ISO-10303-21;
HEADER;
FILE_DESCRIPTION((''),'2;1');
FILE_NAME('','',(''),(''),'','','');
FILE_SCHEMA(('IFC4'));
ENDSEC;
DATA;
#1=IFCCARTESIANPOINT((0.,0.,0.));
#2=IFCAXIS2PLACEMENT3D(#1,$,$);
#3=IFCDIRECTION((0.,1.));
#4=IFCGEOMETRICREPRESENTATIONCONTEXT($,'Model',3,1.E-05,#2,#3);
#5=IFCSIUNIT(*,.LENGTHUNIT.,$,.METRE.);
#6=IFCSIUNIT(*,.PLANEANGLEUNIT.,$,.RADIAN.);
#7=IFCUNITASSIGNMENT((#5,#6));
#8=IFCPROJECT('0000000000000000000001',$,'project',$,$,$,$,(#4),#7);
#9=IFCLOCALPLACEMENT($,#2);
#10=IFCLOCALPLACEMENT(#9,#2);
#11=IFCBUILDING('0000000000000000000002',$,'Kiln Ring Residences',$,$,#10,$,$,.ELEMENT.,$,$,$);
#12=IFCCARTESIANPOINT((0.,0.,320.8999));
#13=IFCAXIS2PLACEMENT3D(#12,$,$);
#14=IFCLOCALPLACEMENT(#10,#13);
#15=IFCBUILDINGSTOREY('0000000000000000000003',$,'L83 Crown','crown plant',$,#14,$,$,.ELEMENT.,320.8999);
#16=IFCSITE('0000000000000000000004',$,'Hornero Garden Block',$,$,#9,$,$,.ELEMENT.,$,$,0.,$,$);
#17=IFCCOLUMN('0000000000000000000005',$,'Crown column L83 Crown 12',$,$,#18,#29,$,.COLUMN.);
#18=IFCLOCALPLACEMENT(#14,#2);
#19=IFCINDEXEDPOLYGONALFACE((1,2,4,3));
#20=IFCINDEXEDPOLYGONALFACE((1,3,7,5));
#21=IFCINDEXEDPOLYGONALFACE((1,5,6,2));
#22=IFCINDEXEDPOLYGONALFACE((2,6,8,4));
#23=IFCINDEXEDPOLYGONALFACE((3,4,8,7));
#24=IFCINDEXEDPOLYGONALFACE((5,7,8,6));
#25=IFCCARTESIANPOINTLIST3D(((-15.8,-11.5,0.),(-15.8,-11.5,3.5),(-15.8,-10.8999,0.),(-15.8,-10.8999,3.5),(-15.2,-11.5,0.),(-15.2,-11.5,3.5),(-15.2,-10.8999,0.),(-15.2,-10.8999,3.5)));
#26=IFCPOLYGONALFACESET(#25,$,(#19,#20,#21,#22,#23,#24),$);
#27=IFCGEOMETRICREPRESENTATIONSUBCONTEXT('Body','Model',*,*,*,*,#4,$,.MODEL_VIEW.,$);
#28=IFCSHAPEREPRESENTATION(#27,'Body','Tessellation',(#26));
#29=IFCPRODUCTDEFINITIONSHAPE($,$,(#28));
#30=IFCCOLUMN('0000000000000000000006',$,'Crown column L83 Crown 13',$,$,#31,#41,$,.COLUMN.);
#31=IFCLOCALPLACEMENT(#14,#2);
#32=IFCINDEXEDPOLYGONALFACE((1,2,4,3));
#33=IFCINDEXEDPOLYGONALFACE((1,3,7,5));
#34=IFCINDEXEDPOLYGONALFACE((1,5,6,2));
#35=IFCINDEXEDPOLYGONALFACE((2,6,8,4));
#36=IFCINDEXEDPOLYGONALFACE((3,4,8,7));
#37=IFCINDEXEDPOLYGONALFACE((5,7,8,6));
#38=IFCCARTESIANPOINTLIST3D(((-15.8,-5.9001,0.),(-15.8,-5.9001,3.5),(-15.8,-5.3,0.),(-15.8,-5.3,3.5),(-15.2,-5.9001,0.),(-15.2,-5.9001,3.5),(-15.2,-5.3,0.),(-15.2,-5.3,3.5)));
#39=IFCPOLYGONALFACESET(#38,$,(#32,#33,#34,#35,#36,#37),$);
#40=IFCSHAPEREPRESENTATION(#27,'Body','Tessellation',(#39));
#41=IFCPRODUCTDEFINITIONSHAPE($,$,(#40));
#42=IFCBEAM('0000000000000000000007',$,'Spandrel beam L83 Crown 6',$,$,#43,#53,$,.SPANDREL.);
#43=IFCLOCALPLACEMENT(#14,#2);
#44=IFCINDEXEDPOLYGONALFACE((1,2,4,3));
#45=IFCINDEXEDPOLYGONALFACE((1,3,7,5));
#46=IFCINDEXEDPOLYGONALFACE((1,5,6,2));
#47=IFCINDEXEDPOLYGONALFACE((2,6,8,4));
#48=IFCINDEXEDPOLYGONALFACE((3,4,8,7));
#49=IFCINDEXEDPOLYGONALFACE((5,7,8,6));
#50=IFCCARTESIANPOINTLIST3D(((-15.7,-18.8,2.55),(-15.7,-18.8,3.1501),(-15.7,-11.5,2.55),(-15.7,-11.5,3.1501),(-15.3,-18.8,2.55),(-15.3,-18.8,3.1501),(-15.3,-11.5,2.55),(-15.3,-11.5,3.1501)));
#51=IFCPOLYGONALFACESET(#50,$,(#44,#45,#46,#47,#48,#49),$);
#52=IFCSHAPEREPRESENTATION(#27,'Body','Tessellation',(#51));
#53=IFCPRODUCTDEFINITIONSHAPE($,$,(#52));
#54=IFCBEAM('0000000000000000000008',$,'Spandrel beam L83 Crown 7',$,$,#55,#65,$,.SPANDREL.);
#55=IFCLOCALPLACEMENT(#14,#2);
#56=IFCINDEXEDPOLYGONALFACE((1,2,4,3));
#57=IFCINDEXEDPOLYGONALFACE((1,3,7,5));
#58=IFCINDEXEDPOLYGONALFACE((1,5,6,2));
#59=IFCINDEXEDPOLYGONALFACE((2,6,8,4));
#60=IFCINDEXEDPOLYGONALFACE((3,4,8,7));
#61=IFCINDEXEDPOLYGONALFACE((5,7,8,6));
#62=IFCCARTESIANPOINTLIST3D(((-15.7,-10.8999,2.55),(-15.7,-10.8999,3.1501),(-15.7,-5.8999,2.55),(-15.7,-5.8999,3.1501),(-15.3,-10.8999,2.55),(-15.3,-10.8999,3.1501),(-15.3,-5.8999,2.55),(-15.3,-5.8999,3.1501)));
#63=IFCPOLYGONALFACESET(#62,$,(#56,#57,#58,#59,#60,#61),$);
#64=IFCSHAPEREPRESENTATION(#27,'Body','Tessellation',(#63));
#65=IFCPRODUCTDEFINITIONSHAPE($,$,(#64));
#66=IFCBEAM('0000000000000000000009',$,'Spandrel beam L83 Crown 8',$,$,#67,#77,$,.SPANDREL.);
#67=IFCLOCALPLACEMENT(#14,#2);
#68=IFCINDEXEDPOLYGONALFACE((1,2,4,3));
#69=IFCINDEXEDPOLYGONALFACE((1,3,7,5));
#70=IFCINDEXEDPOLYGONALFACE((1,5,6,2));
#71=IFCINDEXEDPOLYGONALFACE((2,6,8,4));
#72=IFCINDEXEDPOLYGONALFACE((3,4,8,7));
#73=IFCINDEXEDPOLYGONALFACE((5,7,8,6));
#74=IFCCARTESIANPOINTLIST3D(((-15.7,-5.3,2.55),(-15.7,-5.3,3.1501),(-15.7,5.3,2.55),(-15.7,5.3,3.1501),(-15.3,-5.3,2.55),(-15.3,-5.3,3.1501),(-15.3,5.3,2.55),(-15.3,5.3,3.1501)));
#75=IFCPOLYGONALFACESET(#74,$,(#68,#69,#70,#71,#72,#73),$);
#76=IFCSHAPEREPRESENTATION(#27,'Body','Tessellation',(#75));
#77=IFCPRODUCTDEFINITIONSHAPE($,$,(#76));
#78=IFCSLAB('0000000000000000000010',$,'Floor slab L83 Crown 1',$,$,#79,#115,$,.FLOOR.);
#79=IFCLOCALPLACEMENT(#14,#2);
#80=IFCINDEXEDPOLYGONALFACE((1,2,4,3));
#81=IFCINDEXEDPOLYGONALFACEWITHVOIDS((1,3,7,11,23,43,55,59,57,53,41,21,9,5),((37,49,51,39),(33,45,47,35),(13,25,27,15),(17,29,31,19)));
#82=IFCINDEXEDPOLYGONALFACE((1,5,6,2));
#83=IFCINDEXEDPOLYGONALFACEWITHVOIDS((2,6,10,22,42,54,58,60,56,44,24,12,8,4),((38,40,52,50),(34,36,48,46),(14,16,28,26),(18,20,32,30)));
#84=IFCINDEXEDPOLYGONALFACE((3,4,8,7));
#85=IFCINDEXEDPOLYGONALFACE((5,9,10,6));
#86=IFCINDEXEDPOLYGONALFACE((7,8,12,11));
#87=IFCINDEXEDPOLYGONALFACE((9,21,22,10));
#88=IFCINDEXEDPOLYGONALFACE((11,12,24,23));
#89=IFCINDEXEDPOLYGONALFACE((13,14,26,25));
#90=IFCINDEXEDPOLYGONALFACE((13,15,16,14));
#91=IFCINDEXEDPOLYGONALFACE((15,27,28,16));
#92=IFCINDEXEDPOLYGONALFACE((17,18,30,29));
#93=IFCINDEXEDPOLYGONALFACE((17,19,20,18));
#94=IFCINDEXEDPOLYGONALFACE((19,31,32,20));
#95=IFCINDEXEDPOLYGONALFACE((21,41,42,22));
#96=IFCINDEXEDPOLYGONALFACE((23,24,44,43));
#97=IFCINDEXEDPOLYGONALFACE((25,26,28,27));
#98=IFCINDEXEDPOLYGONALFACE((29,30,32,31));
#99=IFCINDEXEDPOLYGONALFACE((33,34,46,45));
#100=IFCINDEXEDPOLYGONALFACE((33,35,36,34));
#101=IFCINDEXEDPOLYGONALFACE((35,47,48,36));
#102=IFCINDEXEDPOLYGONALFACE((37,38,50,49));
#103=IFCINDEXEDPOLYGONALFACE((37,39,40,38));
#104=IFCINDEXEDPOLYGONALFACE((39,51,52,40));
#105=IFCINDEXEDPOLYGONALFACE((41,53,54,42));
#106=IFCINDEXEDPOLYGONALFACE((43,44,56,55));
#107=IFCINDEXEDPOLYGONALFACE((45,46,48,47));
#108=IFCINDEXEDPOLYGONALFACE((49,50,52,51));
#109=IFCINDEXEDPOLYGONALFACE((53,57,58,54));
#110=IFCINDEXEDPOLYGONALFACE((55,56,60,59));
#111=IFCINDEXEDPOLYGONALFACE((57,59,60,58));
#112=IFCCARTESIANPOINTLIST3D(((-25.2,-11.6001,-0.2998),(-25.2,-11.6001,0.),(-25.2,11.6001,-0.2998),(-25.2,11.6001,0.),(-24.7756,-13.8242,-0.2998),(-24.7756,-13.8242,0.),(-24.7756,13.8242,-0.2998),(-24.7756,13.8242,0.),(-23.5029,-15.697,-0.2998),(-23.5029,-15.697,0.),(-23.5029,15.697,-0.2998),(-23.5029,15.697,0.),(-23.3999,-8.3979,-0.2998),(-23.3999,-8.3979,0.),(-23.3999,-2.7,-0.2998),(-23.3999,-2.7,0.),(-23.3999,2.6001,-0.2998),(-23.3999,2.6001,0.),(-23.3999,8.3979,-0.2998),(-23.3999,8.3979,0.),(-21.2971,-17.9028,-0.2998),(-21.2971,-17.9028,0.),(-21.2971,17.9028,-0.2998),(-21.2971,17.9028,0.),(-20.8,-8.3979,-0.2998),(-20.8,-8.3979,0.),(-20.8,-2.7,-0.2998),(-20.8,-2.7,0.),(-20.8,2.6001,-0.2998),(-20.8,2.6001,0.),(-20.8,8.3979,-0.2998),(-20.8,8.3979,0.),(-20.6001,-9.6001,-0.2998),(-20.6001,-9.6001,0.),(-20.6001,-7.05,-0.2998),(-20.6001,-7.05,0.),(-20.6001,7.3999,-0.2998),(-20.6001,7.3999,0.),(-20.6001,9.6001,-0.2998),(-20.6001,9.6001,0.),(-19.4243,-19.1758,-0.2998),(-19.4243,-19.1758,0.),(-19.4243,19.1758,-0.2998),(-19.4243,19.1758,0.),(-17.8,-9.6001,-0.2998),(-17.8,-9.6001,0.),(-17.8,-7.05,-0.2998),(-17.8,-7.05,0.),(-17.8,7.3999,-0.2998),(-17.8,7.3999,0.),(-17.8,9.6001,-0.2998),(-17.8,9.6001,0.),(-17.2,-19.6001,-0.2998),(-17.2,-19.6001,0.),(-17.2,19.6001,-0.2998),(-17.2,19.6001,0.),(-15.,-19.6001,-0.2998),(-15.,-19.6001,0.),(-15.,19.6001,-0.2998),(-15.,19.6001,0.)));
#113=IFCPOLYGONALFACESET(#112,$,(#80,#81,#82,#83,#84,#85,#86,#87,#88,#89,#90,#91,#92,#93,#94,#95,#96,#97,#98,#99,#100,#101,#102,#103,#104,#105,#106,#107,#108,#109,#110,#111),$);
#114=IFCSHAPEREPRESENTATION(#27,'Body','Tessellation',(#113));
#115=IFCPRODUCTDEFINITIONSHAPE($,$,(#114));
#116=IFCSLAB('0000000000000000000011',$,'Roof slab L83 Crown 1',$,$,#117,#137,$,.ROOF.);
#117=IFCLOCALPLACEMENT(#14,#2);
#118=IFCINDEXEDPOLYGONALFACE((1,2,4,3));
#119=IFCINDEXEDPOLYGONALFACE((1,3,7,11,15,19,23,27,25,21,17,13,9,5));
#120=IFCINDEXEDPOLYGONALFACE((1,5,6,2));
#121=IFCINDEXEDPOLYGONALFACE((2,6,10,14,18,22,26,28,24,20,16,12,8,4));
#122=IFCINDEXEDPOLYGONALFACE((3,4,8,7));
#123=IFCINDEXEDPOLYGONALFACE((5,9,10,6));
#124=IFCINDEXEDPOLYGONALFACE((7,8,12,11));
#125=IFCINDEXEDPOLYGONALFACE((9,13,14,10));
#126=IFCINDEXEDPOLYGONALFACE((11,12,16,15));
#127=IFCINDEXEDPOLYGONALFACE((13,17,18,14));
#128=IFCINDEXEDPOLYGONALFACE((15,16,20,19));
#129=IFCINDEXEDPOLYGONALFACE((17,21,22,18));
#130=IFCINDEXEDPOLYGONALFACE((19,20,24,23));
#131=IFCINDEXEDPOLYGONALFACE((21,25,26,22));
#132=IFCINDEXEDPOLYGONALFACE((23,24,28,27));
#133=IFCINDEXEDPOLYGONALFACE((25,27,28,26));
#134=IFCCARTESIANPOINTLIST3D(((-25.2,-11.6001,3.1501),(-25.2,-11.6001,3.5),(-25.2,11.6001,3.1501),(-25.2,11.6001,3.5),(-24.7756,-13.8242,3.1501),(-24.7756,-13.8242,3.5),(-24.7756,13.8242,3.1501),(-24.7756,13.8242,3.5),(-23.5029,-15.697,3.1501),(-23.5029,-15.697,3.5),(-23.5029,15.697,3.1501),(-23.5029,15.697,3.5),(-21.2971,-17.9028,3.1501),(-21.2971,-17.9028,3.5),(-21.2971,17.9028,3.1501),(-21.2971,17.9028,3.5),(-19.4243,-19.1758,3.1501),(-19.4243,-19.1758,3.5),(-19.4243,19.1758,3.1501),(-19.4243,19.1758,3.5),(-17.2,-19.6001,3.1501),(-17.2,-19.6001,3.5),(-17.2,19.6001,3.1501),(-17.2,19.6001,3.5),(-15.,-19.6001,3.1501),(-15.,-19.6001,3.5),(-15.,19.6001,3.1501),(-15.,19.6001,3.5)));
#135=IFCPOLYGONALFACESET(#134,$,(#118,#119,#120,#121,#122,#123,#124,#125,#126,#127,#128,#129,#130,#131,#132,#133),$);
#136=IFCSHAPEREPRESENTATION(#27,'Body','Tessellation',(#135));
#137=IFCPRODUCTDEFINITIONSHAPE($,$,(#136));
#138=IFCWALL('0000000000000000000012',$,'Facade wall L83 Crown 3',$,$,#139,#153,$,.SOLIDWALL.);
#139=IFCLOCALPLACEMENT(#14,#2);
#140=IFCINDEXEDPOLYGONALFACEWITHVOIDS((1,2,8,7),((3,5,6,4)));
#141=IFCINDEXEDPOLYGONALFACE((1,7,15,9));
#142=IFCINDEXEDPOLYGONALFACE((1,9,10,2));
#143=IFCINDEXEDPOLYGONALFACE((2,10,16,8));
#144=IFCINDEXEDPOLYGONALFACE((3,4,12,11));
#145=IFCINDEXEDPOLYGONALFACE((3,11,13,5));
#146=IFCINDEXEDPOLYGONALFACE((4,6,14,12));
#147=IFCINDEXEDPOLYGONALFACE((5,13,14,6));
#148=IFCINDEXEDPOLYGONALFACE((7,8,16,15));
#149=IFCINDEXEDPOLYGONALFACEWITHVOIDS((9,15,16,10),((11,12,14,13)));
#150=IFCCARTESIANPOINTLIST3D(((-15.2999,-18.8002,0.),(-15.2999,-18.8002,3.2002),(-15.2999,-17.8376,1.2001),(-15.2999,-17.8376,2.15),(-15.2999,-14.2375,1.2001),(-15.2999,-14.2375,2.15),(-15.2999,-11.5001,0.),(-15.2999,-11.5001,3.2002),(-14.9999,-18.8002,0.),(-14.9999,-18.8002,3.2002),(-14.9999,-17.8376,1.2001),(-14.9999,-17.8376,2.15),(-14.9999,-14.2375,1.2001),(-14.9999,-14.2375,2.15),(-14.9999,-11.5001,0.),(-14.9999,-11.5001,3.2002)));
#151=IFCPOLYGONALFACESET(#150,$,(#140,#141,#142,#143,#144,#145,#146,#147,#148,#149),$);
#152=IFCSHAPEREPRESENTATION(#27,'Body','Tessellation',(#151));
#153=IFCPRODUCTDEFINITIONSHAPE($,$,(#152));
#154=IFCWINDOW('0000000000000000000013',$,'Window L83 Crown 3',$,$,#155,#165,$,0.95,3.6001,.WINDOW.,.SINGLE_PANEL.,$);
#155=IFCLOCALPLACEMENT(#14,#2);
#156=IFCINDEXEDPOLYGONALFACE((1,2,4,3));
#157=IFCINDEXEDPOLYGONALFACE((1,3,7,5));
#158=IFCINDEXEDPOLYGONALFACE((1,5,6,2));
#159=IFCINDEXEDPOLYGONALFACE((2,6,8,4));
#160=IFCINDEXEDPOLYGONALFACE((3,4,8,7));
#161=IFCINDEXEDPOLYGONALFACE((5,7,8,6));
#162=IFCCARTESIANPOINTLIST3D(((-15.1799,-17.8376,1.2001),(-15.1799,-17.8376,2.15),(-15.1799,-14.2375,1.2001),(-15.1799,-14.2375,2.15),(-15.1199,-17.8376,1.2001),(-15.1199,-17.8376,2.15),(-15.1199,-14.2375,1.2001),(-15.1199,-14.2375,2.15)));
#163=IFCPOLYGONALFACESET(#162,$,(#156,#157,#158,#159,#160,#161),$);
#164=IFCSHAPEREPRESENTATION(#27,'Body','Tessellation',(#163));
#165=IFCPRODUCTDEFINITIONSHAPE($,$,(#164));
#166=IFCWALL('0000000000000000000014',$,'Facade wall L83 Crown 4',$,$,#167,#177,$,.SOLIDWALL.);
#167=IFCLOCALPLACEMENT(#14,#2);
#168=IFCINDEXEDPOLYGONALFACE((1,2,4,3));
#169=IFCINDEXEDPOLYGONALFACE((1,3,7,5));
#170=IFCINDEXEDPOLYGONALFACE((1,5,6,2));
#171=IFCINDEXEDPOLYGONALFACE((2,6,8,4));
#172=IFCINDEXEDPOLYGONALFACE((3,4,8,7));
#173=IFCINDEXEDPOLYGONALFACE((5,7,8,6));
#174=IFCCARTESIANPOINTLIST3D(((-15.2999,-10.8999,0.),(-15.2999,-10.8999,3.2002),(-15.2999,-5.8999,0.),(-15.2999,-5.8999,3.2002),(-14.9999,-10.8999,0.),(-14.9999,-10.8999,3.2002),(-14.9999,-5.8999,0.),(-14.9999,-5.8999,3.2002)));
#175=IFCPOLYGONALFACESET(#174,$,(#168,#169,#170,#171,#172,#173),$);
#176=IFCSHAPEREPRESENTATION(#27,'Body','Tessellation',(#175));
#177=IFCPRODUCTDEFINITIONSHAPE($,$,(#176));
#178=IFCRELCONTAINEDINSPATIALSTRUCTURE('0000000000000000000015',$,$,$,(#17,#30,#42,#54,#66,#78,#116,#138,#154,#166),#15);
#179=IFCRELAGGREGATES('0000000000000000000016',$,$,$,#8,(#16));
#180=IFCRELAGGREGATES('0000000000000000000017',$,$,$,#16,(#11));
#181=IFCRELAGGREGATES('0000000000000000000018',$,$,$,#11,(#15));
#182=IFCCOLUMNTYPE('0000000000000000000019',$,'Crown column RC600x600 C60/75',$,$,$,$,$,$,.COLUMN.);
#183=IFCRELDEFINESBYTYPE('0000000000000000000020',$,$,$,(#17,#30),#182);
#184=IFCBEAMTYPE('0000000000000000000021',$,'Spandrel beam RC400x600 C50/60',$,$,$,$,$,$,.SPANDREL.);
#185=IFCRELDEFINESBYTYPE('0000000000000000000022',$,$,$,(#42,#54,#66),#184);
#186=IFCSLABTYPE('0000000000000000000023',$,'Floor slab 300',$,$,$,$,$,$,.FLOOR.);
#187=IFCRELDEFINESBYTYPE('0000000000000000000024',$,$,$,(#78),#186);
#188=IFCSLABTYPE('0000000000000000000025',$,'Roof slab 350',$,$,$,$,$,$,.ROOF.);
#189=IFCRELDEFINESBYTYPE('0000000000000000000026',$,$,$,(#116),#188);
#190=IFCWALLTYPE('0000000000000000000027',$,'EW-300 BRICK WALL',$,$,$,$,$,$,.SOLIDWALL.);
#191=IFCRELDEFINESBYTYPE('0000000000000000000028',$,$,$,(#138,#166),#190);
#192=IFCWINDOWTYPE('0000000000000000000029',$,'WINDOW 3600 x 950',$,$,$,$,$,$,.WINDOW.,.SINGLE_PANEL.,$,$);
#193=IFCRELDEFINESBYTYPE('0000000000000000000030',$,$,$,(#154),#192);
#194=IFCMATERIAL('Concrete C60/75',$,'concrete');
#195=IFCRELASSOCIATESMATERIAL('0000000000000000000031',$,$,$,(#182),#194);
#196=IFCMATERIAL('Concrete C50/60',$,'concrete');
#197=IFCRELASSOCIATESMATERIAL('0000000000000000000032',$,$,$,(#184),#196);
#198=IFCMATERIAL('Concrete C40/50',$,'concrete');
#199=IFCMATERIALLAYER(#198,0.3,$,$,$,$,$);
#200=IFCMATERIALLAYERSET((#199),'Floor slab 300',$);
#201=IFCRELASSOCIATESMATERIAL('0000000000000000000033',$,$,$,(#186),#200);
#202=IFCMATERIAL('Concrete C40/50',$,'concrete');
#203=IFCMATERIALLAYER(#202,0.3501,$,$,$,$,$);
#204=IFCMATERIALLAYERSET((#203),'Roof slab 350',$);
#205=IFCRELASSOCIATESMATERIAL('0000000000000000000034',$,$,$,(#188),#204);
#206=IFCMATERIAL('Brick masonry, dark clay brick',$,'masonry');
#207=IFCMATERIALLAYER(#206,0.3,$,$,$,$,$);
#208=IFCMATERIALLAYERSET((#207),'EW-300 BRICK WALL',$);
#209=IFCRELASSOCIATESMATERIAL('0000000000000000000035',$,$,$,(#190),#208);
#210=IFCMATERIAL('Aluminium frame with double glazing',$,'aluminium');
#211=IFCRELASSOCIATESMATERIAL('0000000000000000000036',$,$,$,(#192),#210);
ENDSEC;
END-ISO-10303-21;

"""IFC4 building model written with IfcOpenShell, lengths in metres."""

from ifc_helpers import new_model, si_unit, direction, frame, frame_2d, origin, origin_2d, place, context, subcontext, project, spatial, polyline, rectangle, outline, extrude, material, layer, layer_set, material_profile, profile_set, type_object, element, fill, save


model = new_model("IFC4")

# Units and contexts
model_context = context("Model", 3, precision=1e-05, world=origin(), true_north=direction((0.0, 1.0)))
body_context = subcontext(model_context, "Body", "Model", "MODEL_VIEW")
ifc_project = project(units=[si_unit("LENGTHUNIT", "METRE"), si_unit("PLANEANGLEUNIT", "RADIAN")], contexts=[model_context])

# Site, building, storey
site_placement = place(None, origin())
site = spatial("IfcSite", under=ifc_project, at=site_placement, Name="Hornero Garden Block", CompositionType="ELEMENT", RefElevation=0.0)
building_placement = place(site_placement, origin())
building = spatial("IfcBuilding", under=site, at=building_placement, Name="Kiln Ring Residences", CompositionType="ELEMENT")
storey_placement = place(building_placement, frame((0.0, 0.0, 320.8999)))
storey = spatial("IfcBuildingStorey", under=building, at=storey_placement, Name="L83 Crown", Description="crown plant", CompositionType="ELEMENT", Elevation=320.8999)

# Columns
ifc_material_1 = material(Name="Concrete C60/75", Category="concrete")
ifc_material_profile_1 = material_profile(ifc_material_1, rectangle(XDim=0.6001, YDim=0.6001, at=origin_2d()), Name="RC600x600")
ifc_profile_set_1 = profile_set([ifc_material_profile_1], Name="Concrete C60/75")
column_type = type_object("IfcColumnType", Name="Crown column RC600x600 C60/75", PredefinedType="COLUMN", material=ifc_profile_set_1)
for number, where, z_axis, x_axis, name in (
    (1, (-15.5, -11.2, 0.0), (0.0, 0.0, 1.0), (1.0, 0.0, 0.0), "Crown column L83 Crown 12"),
    (2, (-15.5, -5.6001, 0.0), (0.0, 0.0, 1.0), (1.0, 0.0, 0.0), "Crown column L83 Crown 13"),
):
    element("IfcColumn", number, at=place(storey_placement, frame(where, z_axis=z_axis, x_axis=x_axis)), inside=storey, type_object=column_type, Name=name, PredefinedType="COLUMN", context=body_context, shape_type="SweptSolid", body=[
        extrude(rectangle(XDim=0.6001, YDim=0.6001, at=origin_2d()), origin(), (0.0, 0.0, 1.0), 3.5),
    ])

# Beams
ifc_material_2 = material(Name="Concrete C50/60", Category="concrete")
ifc_material_profile_2 = material_profile(ifc_material_2, rectangle(XDim=0.3999, YDim=0.6001, at=origin_2d()), Name="RC400x600")
ifc_profile_set_2 = profile_set([ifc_material_profile_2], Name="Concrete C50/60")
beam_type = type_object("IfcBeamType", Name="Spandrel beam RC400x600 C50/60", PredefinedType="SPANDREL", material=ifc_profile_set_2)
beam_1_placement = place(storey_placement, frame((-15.5, -18.8, 2.8501), z_axis=(0.0, 1.0, 0.0), x_axis=(-1.0, 0.0, 0.0)))
element("IfcBeam", 3, at=beam_1_placement, inside=storey, type_object=beam_type, Name="Spandrel beam L83 Crown 6", PredefinedType="SPANDREL", context=body_context, shape_type="SweptSolid", body=[
    extrude(rectangle(XDim=0.3999, YDim=0.6001, at=origin_2d()), origin(), (0.0, 0.0, 1.0), 7.3),
])
beam_2_placement = place(storey_placement, frame((-15.5, -10.8999, 2.8501), z_axis=(0.0, 1.0, 0.0), x_axis=(-1.0, 0.0, 0.0)))
element("IfcBeam", 4, at=beam_2_placement, inside=storey, type_object=beam_type, Name="Spandrel beam L83 Crown 7", PredefinedType="SPANDREL", context=body_context, shape_type="SweptSolid", body=[
    extrude(rectangle(XDim=0.3999, YDim=0.6001, at=origin_2d()), origin(), (0.0, 0.0, 1.0), 5.0),
])
beam_3_placement = place(storey_placement, frame((-15.5, -5.3, 2.8501), z_axis=(0.0, 1.0, 0.0), x_axis=(-1.0, 0.0, 0.0)))
element("IfcBeam", 5, at=beam_3_placement, inside=storey, type_object=beam_type, Name="Spandrel beam L83 Crown 8", PredefinedType="SPANDREL", context=body_context, shape_type="SweptSolid", body=[
    extrude(rectangle(XDim=0.3999, YDim=0.6001, at=origin_2d()), origin(), (0.0, 0.0, 1.0), 10.6001),
])

# Slabs
ifc_material_3 = material(Name="Concrete C40/50", Category="concrete")
ifc_layer_1 = layer(ifc_material_3, 0.3)
ifc_layer_set_1 = layer_set([ifc_layer_1], Name="Floor slab 300")
slab_type_1 = type_object("IfcSlabType", Name="Floor slab 300", PredefinedType="FLOOR", material=ifc_layer_set_1)
slab_1_placement = place(storey_placement, frame((0.0, 0.0, -0.2998)))
element("IfcSlab", 6, at=slab_1_placement, inside=storey, type_object=slab_type_1, Name="Floor slab L83 Crown 1", PredefinedType="FLOOR", context=body_context, shape_type="SweptSolid", body=[
    extrude(outline(polyline([(-19.4243, -19.1758), (-17.2, -19.6001), (-15.0, -19.6001), (-15.0, 19.6001), (-17.2, 19.6001), (-19.4243, 19.1758), (-21.2971, 17.9028), (-23.5029, 15.697), (-24.7756, 13.8242), (-25.2, 11.6001), (-25.2, -11.6001), (-24.7756, -13.8242), (-23.5029, -15.697), (-21.2971, -17.9028), (-19.4243, -19.1758)]), holes=[polyline([(-20.6001, -7.05), (-17.8, -7.05), (-17.8, -9.6001), (-20.6001, -9.6001), (-20.6001, -7.05)]), polyline([(-17.8, 9.6001), (-17.8, 7.3999), (-20.6001, 7.3999), (-20.6001, 9.6001), (-17.8, 9.6001)]), polyline([(-23.3999, 8.3979), (-20.8, 8.3979), (-20.8, 2.6001), (-23.3999, 2.6001), (-23.3999, 8.3979)]), polyline([(-20.8, -2.7), (-20.8, -8.3979), (-23.3999, -8.3979), (-23.3999, -2.7), (-20.8, -2.7)])]), origin(), (0.0, 0.0, 1.0), 0.2998),
])
ifc_material_4 = material(Name="Concrete C40/50", Category="concrete")
ifc_layer_2 = layer(ifc_material_4, 0.3501)
ifc_layer_set_2 = layer_set([ifc_layer_2], Name="Roof slab 350")
slab_type_2 = type_object("IfcSlabType", Name="Roof slab 350", PredefinedType="ROOF", material=ifc_layer_set_2)
slab_2_placement = place(storey_placement, frame((0.0, 0.0, 3.1501)))
element("IfcSlab", 7, at=slab_2_placement, inside=storey, type_object=slab_type_2, Name="Roof slab L83 Crown 1", PredefinedType="ROOF", context=body_context, shape_type="SweptSolid", body=[
    extrude(outline(polyline([(-19.4243, -19.1758), (-17.2, -19.6001), (-15.0, -19.6001), (-15.0, 19.6001), (-17.2, 19.6001), (-19.4243, 19.1758), (-21.2971, 17.9028), (-23.5029, 15.697), (-24.7756, 13.8242), (-25.2, 11.6001), (-25.2, -11.6001), (-24.7756, -13.8242), (-23.5029, -15.697), (-21.2971, -17.9028), (-19.4243, -19.1758)])), origin(), (0.0, 0.0, 1.0), 0.3499),
])

# Wall, opening, window
ifc_material_5 = material(Name="Brick masonry, dark clay brick", Category="masonry")
ifc_layer_3 = layer(ifc_material_5, 0.3)
ifc_layer_set_3 = layer_set([ifc_layer_3], Name="EW-300 BRICK WALL")
wall_type_1 = type_object("IfcWallType", Name="EW-300 BRICK WALL", PredefinedType="SOLIDWALL", material=ifc_layer_set_3)
wall_1_placement = place(storey_placement, frame((-15.1499, -18.8, 0.0), z_axis=(0.0, 0.0, 1.0), x_axis=(0.0, 1.0, 0.0)))
wall_1 = element("IfcWall", 8, at=wall_1_placement, inside=storey, type_object=wall_type_1, Name="Facade wall L83 Crown 3", PredefinedType="SOLIDWALL", context=body_context, shape_type="SweptSolid", body=[
    extrude(rectangle(XDim=7.3, YDim=0.3, at=frame_2d((3.6499, 0.0))), origin(), (0.0, 0.0, 1.0), 3.2002),
])
opening_placement = place(wall_1_placement, frame((0.9624, 0.0, 1.2)))
opening = element("IfcOpeningElement", 9, at=opening_placement, cuts=wall_1, PredefinedType="OPENING", context=body_context, shape_type="SweptSolid", body=[
    extrude(rectangle(XDim=3.6001, YDim=0.95, at=frame_2d((1.8, 0.4751))), frame((0.0, 0.1599, 0.0), z_axis=(0.0, -1.0, 0.0), x_axis=(1.0, 0.0, 0.0)), (0.0, 0.0, 1.0), 0.3201),
])
ifc_material_6 = material(Name="Aluminium frame with double glazing", Category="aluminium")
window_type = type_object("IfcWindowType", Name="WINDOW 3600 x 950", PartitioningType="SINGLE_PANEL", PredefinedType="WINDOW", material=ifc_material_6)
window_placement = place(opening_placement, origin())
window = element("IfcWindow", 10, at=window_placement, inside=storey, type_object=window_type, Name="Window L83 Crown 3", OverallHeight=0.95, OverallWidth=3.6001, PartitioningType="SINGLE_PANEL", PredefinedType="WINDOW", context=body_context, shape_type="SweptSolid", body=[
    extrude(rectangle(XDim=3.6001, YDim=0.95, at=frame_2d((1.8, 0.4751))), frame((0.0, 0.03, 0.0), z_axis=(0.0, -1.0, 0.0), x_axis=(1.0, 0.0, 0.0)), (0.0, 0.0, 1.0), 0.0601),
])
fill(opening, window)

# Wall
wall_2_placement = place(storey_placement, frame((-15.1499, -10.8999, 0.0), z_axis=(0.0, 0.0, 1.0), x_axis=(0.0, 1.0, 0.0)))
element("IfcWall", 11, at=wall_2_placement, inside=storey, type_object=wall_type_1, Name="Facade wall L83 Crown 4", PredefinedType="SOLIDWALL", context=body_context, shape_type="SweptSolid", body=[
    extrude(rectangle(XDim=5.0, YDim=0.3, at=frame_2d((2.5, 0.0))), origin(), (0.0, 0.0, 1.0), 3.2002),
])

save(model, "model.ifc")
